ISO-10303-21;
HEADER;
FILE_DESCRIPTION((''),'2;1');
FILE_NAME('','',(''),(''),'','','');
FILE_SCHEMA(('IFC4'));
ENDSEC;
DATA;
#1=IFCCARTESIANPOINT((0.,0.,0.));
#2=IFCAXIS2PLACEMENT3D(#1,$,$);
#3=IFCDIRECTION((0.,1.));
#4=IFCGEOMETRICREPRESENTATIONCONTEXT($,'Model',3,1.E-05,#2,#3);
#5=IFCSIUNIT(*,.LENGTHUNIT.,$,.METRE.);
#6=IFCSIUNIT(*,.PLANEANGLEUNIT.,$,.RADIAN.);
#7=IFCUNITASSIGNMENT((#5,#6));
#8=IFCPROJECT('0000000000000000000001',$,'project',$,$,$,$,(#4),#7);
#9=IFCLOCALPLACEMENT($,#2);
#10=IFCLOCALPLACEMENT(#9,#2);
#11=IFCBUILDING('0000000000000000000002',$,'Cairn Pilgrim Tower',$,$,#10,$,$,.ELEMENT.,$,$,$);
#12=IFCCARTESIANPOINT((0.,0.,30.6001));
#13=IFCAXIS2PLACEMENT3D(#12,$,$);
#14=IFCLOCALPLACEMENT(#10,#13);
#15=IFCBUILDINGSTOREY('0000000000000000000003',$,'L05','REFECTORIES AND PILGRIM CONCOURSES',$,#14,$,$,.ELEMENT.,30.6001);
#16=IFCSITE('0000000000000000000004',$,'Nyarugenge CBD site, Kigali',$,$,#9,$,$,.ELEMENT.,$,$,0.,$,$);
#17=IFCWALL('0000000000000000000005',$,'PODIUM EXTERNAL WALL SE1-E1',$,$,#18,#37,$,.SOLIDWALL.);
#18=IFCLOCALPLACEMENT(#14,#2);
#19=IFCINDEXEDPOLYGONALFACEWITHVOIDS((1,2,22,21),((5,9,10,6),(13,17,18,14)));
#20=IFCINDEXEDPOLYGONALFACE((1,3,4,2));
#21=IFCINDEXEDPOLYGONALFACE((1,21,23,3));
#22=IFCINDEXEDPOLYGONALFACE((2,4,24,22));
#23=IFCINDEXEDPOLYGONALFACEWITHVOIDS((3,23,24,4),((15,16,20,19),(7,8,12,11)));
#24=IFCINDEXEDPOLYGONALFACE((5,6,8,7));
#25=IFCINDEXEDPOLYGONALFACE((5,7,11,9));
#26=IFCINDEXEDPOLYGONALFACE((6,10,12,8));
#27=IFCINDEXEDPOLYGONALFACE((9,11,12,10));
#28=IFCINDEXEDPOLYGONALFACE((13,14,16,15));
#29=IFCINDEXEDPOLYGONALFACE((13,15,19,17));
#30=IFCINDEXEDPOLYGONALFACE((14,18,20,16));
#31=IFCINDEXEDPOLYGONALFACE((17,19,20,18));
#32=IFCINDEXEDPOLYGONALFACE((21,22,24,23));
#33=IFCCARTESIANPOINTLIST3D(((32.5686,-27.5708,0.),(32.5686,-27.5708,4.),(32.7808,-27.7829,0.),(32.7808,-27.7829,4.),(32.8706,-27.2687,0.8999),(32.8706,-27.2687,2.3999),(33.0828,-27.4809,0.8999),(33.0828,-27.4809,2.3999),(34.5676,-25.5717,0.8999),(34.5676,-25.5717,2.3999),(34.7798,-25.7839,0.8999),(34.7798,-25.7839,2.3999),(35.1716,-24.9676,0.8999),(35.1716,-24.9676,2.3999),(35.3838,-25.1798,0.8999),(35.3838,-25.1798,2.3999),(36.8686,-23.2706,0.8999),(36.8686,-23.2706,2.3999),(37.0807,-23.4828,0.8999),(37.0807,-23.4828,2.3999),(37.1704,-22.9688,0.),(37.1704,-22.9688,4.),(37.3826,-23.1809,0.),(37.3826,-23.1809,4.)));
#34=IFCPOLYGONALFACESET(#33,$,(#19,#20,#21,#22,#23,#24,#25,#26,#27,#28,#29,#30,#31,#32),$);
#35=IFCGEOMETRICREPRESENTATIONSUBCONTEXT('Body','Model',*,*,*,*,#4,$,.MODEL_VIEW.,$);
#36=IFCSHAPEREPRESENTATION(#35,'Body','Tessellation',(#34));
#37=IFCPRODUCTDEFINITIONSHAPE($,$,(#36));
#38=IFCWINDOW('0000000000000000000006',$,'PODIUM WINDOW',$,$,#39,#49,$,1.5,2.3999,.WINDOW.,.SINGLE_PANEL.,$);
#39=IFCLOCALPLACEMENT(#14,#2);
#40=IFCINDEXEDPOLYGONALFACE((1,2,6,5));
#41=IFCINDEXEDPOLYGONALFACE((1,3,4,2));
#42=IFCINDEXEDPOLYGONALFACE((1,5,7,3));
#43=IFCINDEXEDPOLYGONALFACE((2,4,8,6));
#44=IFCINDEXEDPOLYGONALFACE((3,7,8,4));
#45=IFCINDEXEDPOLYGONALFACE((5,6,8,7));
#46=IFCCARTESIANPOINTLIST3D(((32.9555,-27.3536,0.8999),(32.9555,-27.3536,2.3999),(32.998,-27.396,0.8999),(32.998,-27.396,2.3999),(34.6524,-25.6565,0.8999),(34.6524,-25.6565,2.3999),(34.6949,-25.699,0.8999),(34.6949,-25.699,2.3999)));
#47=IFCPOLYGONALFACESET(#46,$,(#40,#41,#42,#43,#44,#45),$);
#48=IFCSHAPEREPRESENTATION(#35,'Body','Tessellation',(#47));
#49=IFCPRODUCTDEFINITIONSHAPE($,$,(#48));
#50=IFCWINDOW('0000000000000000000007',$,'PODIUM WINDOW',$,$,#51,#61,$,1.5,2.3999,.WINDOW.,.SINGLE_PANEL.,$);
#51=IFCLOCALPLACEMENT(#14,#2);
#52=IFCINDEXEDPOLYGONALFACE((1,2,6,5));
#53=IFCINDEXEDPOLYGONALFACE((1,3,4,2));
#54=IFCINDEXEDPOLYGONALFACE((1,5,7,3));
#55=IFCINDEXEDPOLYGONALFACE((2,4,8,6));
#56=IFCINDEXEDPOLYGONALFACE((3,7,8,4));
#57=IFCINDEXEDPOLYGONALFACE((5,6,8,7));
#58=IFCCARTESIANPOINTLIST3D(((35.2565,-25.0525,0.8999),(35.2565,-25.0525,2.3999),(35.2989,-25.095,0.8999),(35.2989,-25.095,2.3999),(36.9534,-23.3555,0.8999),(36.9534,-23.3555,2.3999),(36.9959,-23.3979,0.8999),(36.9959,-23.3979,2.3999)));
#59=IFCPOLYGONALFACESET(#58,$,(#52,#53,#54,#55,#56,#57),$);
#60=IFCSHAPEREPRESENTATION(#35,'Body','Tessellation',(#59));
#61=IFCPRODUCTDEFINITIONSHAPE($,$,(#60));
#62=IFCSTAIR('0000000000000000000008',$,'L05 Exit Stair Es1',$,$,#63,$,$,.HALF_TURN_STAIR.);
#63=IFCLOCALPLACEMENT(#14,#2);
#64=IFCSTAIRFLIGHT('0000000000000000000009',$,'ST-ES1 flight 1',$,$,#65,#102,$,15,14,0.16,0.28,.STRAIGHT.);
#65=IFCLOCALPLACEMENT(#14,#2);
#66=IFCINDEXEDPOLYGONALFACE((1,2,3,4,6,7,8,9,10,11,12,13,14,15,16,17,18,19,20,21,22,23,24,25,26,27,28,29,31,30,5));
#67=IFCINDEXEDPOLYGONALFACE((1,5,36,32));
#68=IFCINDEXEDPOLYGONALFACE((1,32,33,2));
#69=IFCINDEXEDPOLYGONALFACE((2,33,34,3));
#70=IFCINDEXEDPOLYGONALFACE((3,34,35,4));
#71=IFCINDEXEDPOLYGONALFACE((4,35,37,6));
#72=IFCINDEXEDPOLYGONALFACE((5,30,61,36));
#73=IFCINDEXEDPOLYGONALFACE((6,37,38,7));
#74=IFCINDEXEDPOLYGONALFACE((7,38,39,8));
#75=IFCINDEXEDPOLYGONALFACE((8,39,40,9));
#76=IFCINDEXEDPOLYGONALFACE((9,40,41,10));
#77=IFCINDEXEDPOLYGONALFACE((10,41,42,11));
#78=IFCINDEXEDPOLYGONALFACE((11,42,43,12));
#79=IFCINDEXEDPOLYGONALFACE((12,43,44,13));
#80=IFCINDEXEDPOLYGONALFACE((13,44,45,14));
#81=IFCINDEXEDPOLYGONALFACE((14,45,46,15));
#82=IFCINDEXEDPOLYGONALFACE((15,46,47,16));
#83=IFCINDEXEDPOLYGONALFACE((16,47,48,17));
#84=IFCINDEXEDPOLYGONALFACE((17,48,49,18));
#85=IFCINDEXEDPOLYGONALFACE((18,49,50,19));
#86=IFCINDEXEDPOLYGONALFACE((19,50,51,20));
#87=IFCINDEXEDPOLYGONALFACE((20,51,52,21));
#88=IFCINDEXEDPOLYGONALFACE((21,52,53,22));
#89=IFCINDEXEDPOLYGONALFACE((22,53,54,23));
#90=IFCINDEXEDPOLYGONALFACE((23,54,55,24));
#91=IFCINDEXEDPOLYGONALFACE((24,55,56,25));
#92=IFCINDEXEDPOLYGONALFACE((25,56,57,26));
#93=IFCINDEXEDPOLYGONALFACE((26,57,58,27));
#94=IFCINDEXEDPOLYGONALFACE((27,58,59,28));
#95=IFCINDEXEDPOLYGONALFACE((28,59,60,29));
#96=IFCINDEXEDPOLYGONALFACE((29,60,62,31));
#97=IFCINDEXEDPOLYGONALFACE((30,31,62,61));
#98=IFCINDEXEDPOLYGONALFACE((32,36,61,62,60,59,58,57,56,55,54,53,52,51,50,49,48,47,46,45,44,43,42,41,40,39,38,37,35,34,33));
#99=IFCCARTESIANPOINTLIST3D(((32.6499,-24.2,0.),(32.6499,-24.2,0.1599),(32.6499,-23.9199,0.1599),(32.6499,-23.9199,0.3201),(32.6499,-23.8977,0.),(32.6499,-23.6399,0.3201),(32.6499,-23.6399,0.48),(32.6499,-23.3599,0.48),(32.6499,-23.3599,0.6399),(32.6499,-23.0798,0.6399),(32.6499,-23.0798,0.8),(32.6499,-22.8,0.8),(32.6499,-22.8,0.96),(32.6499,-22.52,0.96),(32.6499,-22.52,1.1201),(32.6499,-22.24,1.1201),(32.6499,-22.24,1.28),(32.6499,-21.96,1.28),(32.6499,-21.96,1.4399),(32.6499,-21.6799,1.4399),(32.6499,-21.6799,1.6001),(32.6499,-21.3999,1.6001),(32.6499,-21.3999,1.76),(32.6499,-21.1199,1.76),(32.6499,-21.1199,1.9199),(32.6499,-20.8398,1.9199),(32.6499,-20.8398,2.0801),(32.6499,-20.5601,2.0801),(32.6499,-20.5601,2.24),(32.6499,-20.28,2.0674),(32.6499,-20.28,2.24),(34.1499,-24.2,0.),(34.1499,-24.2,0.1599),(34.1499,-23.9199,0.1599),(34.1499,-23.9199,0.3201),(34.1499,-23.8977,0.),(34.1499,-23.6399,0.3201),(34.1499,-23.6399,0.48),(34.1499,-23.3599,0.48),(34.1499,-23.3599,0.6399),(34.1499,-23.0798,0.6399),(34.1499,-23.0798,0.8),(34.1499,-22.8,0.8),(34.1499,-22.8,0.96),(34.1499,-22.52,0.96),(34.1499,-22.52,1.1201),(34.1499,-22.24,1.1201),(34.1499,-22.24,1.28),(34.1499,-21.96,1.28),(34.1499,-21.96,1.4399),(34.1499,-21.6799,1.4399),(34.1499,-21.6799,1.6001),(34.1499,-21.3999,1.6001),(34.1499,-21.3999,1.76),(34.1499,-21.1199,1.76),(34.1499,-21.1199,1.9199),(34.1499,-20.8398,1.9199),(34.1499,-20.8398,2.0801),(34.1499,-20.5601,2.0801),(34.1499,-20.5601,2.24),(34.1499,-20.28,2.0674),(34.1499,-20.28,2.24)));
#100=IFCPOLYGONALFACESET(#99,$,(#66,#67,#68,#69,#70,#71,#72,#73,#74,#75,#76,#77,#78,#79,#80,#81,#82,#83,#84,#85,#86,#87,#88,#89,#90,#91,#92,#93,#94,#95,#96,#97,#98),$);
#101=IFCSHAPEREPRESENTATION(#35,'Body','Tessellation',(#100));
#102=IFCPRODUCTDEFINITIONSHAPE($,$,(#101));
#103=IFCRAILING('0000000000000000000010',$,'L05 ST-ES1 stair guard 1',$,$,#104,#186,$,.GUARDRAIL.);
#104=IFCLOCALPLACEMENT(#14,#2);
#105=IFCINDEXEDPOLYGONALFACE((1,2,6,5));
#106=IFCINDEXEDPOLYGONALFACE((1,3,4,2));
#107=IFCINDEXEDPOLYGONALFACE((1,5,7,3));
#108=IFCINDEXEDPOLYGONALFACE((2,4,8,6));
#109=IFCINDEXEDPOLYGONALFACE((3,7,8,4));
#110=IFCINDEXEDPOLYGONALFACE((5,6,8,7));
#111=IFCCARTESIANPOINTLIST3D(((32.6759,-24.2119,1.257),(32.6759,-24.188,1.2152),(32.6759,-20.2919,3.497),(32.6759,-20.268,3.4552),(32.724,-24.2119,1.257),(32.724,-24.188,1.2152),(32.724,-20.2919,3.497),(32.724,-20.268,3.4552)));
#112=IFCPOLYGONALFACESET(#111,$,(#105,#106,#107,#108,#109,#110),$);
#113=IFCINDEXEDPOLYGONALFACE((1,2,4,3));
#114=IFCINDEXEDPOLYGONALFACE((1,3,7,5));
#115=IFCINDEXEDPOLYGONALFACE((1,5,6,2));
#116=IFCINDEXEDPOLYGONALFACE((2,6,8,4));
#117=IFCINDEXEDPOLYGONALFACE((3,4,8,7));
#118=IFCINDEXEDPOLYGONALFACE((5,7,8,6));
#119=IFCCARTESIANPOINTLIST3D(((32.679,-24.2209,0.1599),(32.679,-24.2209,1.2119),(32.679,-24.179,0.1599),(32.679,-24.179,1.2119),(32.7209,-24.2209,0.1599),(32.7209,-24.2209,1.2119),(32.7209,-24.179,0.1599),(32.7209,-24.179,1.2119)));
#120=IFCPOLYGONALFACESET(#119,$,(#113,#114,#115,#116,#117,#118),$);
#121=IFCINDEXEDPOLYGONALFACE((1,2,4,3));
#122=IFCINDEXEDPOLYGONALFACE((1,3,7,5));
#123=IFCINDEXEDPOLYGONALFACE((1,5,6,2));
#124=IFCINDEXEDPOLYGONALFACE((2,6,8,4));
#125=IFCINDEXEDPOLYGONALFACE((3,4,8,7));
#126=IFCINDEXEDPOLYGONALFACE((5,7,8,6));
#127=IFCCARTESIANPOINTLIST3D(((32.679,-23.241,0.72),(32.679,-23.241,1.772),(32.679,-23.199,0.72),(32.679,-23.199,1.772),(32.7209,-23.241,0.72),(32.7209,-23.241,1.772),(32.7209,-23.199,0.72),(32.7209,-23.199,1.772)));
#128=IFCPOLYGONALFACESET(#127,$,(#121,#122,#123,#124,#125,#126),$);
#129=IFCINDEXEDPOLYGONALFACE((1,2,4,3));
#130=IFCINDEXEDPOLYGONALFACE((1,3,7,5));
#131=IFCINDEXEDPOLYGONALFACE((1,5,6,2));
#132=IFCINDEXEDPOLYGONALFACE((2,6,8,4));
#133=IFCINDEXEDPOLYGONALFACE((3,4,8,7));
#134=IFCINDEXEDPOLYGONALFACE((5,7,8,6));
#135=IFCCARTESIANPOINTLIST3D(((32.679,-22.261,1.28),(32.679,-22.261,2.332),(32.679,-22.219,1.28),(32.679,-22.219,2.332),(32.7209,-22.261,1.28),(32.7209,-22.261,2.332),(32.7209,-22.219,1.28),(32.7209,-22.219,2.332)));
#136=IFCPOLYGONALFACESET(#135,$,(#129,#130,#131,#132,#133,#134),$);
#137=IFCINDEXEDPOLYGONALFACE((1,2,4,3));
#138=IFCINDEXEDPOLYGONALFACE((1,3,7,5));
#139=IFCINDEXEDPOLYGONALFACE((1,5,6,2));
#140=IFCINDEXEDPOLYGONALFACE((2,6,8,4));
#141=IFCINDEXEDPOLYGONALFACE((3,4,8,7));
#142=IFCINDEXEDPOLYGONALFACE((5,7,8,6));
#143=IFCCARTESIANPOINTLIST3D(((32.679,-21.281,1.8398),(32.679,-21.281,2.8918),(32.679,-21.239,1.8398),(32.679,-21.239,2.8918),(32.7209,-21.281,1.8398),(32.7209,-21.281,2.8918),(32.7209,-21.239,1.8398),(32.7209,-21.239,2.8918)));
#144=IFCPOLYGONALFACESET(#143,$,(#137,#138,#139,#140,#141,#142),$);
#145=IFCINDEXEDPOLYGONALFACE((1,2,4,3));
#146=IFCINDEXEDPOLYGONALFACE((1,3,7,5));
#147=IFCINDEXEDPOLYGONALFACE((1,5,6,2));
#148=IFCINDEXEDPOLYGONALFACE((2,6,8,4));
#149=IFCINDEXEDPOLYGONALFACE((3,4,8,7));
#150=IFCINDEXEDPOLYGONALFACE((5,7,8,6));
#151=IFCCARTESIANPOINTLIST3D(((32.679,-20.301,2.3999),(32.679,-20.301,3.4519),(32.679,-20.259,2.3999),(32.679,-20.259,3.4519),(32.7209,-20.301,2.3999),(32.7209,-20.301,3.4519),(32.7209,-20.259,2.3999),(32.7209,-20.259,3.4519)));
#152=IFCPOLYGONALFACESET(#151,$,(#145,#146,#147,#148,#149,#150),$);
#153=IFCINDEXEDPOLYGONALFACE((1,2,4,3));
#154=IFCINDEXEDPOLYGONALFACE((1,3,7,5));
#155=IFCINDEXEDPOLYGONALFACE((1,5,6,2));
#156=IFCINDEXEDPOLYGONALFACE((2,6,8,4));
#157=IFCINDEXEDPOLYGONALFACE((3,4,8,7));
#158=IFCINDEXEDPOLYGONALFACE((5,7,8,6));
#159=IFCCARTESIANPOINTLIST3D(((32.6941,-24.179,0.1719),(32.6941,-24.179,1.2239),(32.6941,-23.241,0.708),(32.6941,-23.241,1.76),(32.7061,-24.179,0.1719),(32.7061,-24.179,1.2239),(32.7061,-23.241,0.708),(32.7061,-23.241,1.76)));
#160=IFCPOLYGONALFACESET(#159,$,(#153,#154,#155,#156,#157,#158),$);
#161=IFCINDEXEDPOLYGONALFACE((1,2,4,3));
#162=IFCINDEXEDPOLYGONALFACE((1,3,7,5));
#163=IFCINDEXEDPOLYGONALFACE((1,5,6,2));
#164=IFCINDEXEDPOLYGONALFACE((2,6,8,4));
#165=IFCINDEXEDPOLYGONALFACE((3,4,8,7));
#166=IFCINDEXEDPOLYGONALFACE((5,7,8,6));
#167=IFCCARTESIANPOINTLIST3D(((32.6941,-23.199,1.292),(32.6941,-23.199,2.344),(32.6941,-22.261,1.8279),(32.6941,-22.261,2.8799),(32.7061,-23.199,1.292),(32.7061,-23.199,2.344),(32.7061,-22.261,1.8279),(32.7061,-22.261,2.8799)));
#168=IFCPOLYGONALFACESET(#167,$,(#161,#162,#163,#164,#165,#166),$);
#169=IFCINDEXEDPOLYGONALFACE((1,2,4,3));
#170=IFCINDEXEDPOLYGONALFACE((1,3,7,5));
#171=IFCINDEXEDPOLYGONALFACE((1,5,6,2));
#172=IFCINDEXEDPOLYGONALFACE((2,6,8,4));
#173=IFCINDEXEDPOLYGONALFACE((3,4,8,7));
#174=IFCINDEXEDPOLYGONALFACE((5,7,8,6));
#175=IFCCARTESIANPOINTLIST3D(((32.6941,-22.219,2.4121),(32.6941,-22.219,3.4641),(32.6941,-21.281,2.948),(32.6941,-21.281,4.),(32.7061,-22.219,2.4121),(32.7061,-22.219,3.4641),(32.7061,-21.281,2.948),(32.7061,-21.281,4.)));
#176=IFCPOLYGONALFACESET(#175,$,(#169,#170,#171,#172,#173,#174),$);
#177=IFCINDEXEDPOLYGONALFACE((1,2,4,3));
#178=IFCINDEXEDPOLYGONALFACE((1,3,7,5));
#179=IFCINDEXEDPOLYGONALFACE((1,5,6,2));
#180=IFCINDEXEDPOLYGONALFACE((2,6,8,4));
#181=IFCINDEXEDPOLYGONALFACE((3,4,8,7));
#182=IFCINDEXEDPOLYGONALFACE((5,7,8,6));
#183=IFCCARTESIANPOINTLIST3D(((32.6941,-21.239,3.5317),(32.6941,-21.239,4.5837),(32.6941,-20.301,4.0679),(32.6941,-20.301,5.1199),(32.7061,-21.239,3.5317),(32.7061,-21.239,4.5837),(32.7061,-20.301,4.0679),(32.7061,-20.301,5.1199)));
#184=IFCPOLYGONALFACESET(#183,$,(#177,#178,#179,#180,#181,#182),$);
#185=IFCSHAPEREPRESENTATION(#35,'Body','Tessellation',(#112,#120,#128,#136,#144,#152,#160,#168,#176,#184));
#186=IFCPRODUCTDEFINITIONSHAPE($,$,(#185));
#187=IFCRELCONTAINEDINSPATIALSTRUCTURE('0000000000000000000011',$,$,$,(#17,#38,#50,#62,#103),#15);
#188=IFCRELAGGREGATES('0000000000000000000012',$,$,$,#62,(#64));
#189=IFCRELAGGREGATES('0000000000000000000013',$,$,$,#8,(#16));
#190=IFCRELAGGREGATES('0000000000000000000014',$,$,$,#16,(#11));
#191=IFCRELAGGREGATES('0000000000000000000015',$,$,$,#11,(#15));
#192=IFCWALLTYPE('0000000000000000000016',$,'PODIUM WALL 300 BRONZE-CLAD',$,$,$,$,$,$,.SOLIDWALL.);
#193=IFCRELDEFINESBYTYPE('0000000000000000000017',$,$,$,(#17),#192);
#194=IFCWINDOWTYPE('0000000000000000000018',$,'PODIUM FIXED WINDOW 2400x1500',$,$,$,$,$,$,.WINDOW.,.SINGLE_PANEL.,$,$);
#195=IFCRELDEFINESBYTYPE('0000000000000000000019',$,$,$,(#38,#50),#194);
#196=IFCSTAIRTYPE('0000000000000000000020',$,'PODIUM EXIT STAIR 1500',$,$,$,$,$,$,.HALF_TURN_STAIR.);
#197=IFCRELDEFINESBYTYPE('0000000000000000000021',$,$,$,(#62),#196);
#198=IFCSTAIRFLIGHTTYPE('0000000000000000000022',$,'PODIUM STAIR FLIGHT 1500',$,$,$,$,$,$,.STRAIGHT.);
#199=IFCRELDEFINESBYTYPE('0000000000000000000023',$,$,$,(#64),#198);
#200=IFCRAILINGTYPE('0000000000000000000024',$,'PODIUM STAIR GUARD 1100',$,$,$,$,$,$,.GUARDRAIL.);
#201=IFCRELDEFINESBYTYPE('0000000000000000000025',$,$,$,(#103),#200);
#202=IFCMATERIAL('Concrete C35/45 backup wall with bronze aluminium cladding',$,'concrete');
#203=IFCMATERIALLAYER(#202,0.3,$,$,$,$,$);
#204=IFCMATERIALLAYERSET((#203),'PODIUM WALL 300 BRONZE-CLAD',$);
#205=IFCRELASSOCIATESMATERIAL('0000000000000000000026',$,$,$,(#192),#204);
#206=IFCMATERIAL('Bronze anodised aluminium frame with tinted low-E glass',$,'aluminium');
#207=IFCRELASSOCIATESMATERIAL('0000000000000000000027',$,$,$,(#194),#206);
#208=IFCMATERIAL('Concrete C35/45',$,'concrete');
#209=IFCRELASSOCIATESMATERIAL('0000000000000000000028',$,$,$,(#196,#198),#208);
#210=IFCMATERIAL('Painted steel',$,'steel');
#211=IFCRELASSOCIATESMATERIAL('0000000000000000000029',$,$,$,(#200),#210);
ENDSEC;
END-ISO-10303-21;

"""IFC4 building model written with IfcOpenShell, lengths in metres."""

from ifc_helpers import new_model, si_unit, direction, frame, frame_2d, origin, origin_2d, place, context, subcontext, project, spatial, polyline, rectangle, outline, extrude, material, layer, layer_set, type_object, element, fill, aggregate, save


model = new_model("IFC4")

# Units and contexts
model_context = context("Model", 3, precision=1e-05, world=origin(), true_north=direction((0.0, 1.0)))
body_context = subcontext(model_context, "Body", "Model", "MODEL_VIEW")
ifc_project = project(units=[si_unit("LENGTHUNIT", "METRE"), si_unit("PLANEANGLEUNIT", "RADIAN")], contexts=[model_context])

# Site, building, storey
site_placement = place(None, origin())
site = spatial("IfcSite", under=ifc_project, at=site_placement, Name="Nyarugenge CBD site, Kigali", CompositionType="ELEMENT", RefElevation=0.0)
building_placement = place(site_placement, origin())
building = spatial("IfcBuilding", under=site, at=building_placement, Name="Cairn Pilgrim Tower", CompositionType="ELEMENT")
storey_placement = place(building_placement, frame((0.0, 0.0, 30.6001)))
storey = spatial("IfcBuildingStorey", under=building, at=storey_placement, Name="L05", Description="REFECTORIES AND PILGRIM CONCOURSES", CompositionType="ELEMENT", Elevation=30.6001)

# Shared definitions
ifc_material_1 = material(Name="Concrete C35/45", Category="concrete")

# Wall, openings, windows
ifc_material_2 = material(Name="Concrete C35/45 backup wall with bronze aluminium cladding", Category="concrete")
ifc_layer_1 = layer(ifc_material_2, 0.3)
ifc_layer_set_1 = layer_set([ifc_layer_1], Name="PODIUM WALL 300 BRONZE-CLAD")
wall_type_1 = type_object("IfcWallType", Name="PODIUM WALL 300 BRONZE-CLAD", PredefinedType="SOLIDWALL", material=ifc_layer_set_1)
wall_1_placement = place(storey_placement, frame((32.6748, -27.6768, 0.0), z_axis=(0.0, 0.0, 1.0), x_axis=(0.707088, 0.707126, 0.0)))
wall_1 = element("IfcWall", 1, at=wall_1_placement, inside=storey, type_object=wall_type_1, Name="PODIUM EXTERNAL WALL SE1-E1", PredefinedType="SOLIDWALL", context=body_context, shape_type="SweptSolid", body=[
    extrude(rectangle(XDim=6.5081, YDim=0.3, at=frame_2d((3.2539, 0.0))), origin(), (0.0, 0.0, 1.0), 4.0),
])
opening_1_placement = place(wall_1_placement, frame((0.427, 0.0, 0.8999)))
opening_1 = element("IfcOpeningElement", 2, at=opening_1_placement, cuts=wall_1, PredefinedType="OPENING", context=body_context, shape_type="SweptSolid", body=[
    extrude(rectangle(XDim=2.3999, YDim=1.5, at=frame_2d((1.2, 0.75))), frame((0.0, 0.1602, 0.0), z_axis=(0.0, -1.0, 0.0), x_axis=(1.0, 0.0, 0.0)), (0.0, 0.0, 1.0), 0.3201),
])
opening_2_placement = place(wall_1_placement, frame((3.6812, 0.0, 0.8999)))
opening_2 = element("IfcOpeningElement", 3, at=opening_2_placement, cuts=wall_1, PredefinedType="OPENING", context=body_context, shape_type="SweptSolid", body=[
    extrude(rectangle(XDim=2.3999, YDim=1.5, at=frame_2d((1.2, 0.75))), frame((0.0, 0.1602, 0.0), z_axis=(0.0, -1.0, 0.0), x_axis=(1.0, 0.0, 0.0)), (0.0, 0.0, 1.0), 0.3201),
])
ifc_material_3 = material(Name="Bronze anodised aluminium frame with tinted low-E glass", Category="aluminium")
window_type = type_object("IfcWindowType", Name="PODIUM FIXED WINDOW 2400x1500", PartitioningType="SINGLE_PANEL", PredefinedType="WINDOW", material=ifc_material_3)
window_1_placement = place(opening_1_placement, origin())
window_1 = element("IfcWindow", 4, at=window_1_placement, inside=storey, type_object=window_type, Name="PODIUM WINDOW", OverallHeight=1.5, OverallWidth=2.3999, PartitioningType="SINGLE_PANEL", PredefinedType="WINDOW", context=body_context, shape_type="SweptSolid", body=[
    extrude(rectangle(XDim=2.3999, YDim=1.5, at=frame_2d((1.2, 0.75))), frame((0.0, 0.03, 0.0), z_axis=(0.0, -1.0, 0.0), x_axis=(1.0, 0.0, 0.0)), (0.0, 0.0, 1.0), 0.0601),
])
fill(opening_1, window_1)
window_2_placement = place(opening_2_placement, origin())
window_2 = element("IfcWindow", 5, at=window_2_placement, inside=storey, type_object=window_type, Name="PODIUM WINDOW", OverallHeight=1.5, OverallWidth=2.3999, PartitioningType="SINGLE_PANEL", PredefinedType="WINDOW", context=body_context, shape_type="SweptSolid", body=[
    extrude(rectangle(XDim=2.3999, YDim=1.5, at=frame_2d((1.2, 0.75))), frame((0.0, 0.03, 0.0), z_axis=(0.0, -1.0, 0.0), x_axis=(1.0, 0.0, 0.0)), (0.0, 0.0, 1.0), 0.0601),
])
fill(opening_2, window_2)

# Stair, stair flight
stair_type = type_object("IfcStairType", Name="PODIUM EXIT STAIR 1500", PredefinedType="HALF_TURN_STAIR", material=ifc_material_1)
stair_placement = place(storey_placement, origin())
stair = element("IfcStair", 6, at=stair_placement, inside=storey, type_object=stair_type, Name="L05 Exit Stair Es1", PredefinedType="HALF_TURN_STAIR")
stair_flight_type = type_object("IfcStairFlightType", Name="PODIUM STAIR FLIGHT 1500", PredefinedType="STRAIGHT", material=ifc_material_1)
stair_flight_placement = place(storey_placement, frame((33.3999, -24.2, 0.0), z_axis=(0.0, 0.0, 1.0), x_axis=(0.0, 1.0, 0.0)))
stair_flight = element("IfcStairFlight", 7, at=stair_flight_placement, type_object=stair_flight_type, Name="ST-ES1 flight 1", NumberOfRisers=15, NumberOfTreads=14, PredefinedType="STRAIGHT", RiserHeight=0.16, TreadLength=0.28, context=body_context, shape_type="SweptSolid", body=[
    extrude(outline(polyline([(0.0, 0.0), (0.0, 0.1599), (0.28, 0.1599), (0.28, 0.3201), (0.5601, 0.3201), (0.5601, 0.48), (0.8401, 0.48), (0.8401, 0.6399), (1.1201, 0.6399), (1.1201, 0.8), (1.3999, 0.8), (1.3999, 0.96), (1.6799, 0.96), (1.6799, 1.1201), (1.96, 1.1201), (1.96, 1.28), (2.24, 1.28), (2.24, 1.4399), (2.52, 1.4399), (2.52, 1.6001), (2.8, 1.6001), (2.8, 1.76), (3.0801, 1.76), (3.0801, 1.9199), (3.3601, 1.9199), (3.3601, 2.0801), (3.6399, 2.0801), (3.6399, 2.24), (3.9199, 2.24), (3.9199, 2.3999), (3.9199, 2.0674), (0.3022, 0.0), (0.0, 0.0)])), frame((0.0, 0.75, 0.0), z_axis=(0.0, -1.0, 0.0), x_axis=(1.0, 0.0, 0.0)), (0.0, 0.0, 1.0), 1.5),
])
aggregate(stair, [stair_flight])

# Railing
ifc_material_4 = material(Name="Painted steel", Category="steel")
railing_type_1 = type_object("IfcRailingType", Name="PODIUM STAIR GUARD 1100", PredefinedType="GUARDRAIL", material=ifc_material_4)
railing_1_placement = place(storey_placement, frame((32.7, -24.2, 0.1599)))
element("IfcRailing", 8, at=railing_1_placement, inside=storey, type_object=railing_type_1, Name="L05 ST-ES1 stair guard 1", PredefinedType="GUARDRAIL", context=body_context, shape_type="SweptSolid", body=[
    extrude(rectangle(XDim=0.0481, YDim=0.0481, at=origin_2d()), frame((0.0, 0.0, 1.0762), z_axis=(0.0, 0.86824, 0.496145), x_axis=(-1.0, 0.0, 0.0)), (0.0, 0.0, 1.0), 4.5149),
    extrude(rectangle(XDim=0.042, YDim=0.042, at=origin_2d()), origin(), (0.0, 0.0, 1.0), 1.052),
    extrude(rectangle(XDim=0.042, YDim=0.042, at=origin_2d()), frame((0.0, 0.98, 0.5601)), (0.0, 0.0, 1.0), 1.052),
    extrude(rectangle(XDim=0.042, YDim=0.042, at=origin_2d()), frame((0.0, 1.96, 1.1201)), (0.0, 0.0, 1.0), 1.052),
    extrude(rectangle(XDim=0.042, YDim=0.042, at=origin_2d()), frame((0.0, 2.9399, 1.6799)), (0.0, 0.0, 1.0), 1.052),
    extrude(rectangle(XDim=0.042, YDim=0.042, at=origin_2d()), frame((0.0, 3.9199, 2.24)), (0.0, 0.0, 1.0), 1.052),
    extrude(outline(polyline([(0.021, 0.012), (0.959, 0.5481), (0.959, 1.6001), (0.021, 1.064), (0.021, 0.012)])), frame((-0.0059, 0.0, 0.0), z_axis=(1.0, 0.0, 0.0), x_axis=(0.0, 1.0, 0.0)), (0.0, 0.0, 1.0), 0.012),
    extrude(outline(polyline([(0.021, 0.572), (0.959, 1.1079), (0.959, 2.1599), (0.021, 1.624), (0.021, 0.572)])), frame((-0.0059, 0.98, 0.5601), z_axis=(1.0, 0.0, 0.0), x_axis=(0.0, 1.0, 0.0)), (0.0, 0.0, 1.0), 0.012),
    extrude(outline(polyline([(0.021, 1.1321), (0.959, 1.668), (0.959, 2.72), (0.021, 2.1841), (0.021, 1.1321)])), frame((-0.0059, 1.96, 1.1201), z_axis=(1.0, 0.0, 0.0), x_axis=(0.0, 1.0, 0.0)), (0.0, 0.0, 1.0), 0.012),
    extrude(outline(polyline([(0.021, 1.6919), (0.959, 2.228), (0.959, 3.28), (0.021, 2.7439), (0.021, 1.6919)])), frame((-0.0059, 2.9399, 1.6799), z_axis=(1.0, 0.0, 0.0), x_axis=(0.0, 1.0, 0.0)), (0.0, 0.0, 1.0), 0.012),
])

save(model, "model.ifc")
